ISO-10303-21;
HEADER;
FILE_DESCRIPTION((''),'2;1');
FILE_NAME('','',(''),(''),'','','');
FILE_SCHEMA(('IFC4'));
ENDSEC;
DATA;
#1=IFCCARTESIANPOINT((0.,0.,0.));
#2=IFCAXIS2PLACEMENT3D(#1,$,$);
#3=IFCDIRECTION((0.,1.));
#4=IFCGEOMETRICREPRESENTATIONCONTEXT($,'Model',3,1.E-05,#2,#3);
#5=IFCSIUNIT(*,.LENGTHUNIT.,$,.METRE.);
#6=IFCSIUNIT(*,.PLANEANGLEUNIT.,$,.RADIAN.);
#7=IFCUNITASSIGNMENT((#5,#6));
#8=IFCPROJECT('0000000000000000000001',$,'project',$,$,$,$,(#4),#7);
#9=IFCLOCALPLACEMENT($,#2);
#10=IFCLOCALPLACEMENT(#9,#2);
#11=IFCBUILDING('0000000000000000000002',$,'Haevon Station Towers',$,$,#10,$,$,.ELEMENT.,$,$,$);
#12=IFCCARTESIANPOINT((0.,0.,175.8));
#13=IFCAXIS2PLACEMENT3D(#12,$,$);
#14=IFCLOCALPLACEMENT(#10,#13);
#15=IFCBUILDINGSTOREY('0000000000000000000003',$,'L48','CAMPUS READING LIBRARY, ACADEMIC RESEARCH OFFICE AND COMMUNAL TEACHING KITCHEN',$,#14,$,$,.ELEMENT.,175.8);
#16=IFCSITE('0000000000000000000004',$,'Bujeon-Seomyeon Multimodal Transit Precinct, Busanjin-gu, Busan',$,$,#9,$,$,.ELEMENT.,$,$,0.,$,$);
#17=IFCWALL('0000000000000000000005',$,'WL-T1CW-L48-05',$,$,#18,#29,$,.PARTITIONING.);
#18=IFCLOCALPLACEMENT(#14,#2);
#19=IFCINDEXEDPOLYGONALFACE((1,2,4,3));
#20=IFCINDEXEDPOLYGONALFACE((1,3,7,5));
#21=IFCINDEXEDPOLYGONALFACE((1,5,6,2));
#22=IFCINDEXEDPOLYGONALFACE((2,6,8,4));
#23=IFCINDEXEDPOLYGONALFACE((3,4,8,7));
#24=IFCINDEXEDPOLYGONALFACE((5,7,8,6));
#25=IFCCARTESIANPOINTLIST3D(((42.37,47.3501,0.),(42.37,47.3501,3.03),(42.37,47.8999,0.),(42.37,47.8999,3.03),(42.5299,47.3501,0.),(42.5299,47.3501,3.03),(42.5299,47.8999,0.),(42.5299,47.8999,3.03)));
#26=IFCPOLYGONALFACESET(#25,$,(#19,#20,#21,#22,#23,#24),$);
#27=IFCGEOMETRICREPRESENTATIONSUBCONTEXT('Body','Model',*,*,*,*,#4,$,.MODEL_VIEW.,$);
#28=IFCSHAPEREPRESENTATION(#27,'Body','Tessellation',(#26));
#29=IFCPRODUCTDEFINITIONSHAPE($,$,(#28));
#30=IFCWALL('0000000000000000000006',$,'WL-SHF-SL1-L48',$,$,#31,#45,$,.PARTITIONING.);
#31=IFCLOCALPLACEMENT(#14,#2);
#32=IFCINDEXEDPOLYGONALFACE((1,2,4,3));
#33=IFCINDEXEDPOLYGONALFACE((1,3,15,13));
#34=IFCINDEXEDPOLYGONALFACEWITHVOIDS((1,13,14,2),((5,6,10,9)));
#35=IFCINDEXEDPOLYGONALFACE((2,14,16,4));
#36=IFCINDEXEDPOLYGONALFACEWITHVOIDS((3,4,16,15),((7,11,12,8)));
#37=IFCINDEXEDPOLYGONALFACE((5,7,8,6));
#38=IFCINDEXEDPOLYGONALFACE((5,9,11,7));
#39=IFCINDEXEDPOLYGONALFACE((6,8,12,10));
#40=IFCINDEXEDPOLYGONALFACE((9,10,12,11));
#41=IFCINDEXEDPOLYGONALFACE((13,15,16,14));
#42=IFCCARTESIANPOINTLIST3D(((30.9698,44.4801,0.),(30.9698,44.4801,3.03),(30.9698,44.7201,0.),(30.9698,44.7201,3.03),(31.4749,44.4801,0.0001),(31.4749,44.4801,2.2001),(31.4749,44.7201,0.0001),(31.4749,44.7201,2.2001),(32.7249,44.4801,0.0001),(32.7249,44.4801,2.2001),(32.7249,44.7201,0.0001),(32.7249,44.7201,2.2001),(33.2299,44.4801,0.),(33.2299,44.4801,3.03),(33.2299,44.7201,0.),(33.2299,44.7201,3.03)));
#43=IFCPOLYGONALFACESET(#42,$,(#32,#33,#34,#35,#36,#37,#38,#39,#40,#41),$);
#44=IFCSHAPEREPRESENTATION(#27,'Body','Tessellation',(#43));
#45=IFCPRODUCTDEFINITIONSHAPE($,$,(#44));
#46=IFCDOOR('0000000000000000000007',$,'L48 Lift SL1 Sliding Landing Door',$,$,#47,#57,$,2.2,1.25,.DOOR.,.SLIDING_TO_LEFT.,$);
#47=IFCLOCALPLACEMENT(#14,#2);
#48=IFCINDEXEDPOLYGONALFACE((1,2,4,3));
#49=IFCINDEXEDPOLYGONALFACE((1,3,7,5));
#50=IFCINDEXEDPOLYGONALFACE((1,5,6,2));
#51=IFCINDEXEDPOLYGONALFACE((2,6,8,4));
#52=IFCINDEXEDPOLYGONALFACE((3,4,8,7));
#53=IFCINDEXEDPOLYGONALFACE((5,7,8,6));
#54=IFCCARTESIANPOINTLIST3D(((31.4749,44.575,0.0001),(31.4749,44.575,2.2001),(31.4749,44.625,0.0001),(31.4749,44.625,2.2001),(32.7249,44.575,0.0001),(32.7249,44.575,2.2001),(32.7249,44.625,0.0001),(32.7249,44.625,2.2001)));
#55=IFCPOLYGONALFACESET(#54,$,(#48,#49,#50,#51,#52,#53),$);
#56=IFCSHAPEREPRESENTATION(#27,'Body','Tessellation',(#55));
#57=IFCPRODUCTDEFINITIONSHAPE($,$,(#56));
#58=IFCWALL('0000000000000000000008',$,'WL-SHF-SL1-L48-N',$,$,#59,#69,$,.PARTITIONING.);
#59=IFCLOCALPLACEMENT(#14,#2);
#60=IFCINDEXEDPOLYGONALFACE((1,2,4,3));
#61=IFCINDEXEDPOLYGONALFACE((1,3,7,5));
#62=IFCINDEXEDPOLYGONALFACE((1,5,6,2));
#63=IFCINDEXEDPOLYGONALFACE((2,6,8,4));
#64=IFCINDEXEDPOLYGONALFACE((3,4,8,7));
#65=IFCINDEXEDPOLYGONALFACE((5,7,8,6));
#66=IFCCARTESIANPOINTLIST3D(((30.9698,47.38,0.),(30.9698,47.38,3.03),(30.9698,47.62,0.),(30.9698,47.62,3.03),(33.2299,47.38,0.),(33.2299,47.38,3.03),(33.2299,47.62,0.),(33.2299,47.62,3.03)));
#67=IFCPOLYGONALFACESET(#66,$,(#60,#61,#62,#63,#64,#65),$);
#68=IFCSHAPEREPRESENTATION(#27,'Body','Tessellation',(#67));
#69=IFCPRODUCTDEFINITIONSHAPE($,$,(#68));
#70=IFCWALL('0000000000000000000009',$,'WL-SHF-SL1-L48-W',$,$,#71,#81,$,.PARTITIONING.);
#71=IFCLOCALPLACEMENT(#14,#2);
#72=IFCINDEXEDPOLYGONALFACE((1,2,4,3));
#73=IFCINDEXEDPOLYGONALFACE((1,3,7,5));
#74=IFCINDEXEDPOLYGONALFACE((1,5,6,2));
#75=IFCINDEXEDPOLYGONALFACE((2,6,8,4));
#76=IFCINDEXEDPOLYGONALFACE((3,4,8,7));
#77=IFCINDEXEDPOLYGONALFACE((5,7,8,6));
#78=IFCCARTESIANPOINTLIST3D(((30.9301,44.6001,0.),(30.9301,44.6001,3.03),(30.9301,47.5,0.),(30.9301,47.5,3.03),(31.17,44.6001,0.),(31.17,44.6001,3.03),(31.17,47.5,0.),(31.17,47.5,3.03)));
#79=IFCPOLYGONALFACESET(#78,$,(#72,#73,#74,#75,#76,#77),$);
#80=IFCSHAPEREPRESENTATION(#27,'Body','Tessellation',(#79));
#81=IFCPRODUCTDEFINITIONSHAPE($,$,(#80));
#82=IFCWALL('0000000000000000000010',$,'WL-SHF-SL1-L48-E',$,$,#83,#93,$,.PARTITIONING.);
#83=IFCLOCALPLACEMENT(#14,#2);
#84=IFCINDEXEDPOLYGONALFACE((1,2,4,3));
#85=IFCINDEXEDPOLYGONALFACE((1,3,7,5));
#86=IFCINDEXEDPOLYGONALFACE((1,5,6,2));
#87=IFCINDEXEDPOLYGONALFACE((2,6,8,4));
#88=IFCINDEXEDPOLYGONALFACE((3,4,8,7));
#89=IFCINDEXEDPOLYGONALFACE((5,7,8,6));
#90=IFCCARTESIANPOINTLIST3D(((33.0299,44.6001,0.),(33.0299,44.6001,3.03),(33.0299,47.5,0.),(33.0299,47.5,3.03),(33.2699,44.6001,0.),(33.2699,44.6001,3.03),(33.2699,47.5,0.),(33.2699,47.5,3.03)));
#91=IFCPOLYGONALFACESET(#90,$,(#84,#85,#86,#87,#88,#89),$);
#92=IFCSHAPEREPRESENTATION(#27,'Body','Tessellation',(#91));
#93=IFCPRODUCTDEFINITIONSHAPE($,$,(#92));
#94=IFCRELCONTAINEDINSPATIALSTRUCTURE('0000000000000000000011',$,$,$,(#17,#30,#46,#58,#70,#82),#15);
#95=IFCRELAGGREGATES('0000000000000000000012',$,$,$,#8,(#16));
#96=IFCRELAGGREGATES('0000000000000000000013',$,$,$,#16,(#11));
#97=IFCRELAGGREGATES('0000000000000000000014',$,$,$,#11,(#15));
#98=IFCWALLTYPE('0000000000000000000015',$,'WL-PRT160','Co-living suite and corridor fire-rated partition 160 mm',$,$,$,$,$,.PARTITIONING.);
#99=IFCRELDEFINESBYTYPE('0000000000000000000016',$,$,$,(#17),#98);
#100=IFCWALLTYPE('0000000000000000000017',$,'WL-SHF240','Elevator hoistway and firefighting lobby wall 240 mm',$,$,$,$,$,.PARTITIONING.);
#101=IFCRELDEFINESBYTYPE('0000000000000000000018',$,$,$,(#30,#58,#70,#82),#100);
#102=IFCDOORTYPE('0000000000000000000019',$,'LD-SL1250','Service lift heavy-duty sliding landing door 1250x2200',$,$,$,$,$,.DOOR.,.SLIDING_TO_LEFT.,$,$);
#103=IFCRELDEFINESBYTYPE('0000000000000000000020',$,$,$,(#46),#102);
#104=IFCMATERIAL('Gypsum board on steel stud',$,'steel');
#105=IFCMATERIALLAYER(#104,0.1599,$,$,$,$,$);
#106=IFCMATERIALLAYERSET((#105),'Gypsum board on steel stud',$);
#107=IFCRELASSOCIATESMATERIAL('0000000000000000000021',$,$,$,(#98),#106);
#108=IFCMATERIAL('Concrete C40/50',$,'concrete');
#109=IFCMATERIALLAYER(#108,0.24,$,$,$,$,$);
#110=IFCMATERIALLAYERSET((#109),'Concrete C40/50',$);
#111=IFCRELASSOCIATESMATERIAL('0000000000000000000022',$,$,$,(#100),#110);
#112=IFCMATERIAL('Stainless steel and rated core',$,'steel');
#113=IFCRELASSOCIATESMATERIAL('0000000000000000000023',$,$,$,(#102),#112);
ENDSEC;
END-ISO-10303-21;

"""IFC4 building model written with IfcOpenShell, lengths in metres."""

from ifc_helpers import new_model, si_unit, direction, frame, frame_2d, origin, place, context, subcontext, project, spatial, rectangle, extrude, material, layer, layer_set, type_object, element, fill, save


model = new_model("IFC4")

# Units and contexts
model_context = context("Model", 3, precision=1e-05, world=origin(), true_north=direction((0.0, 1.0)))
body_context = subcontext(model_context, "Body", "Model", "MODEL_VIEW")
ifc_project = project(units=[si_unit("LENGTHUNIT", "METRE"), si_unit("PLANEANGLEUNIT", "RADIAN")], contexts=[model_context])

# Site, building, storey
site_placement = place(None, origin())
site = spatial("IfcSite", under=ifc_project, at=site_placement, Name="Bujeon-Seomyeon Multimodal Transit Precinct, Busanjin-gu, Busan", CompositionType="ELEMENT", RefElevation=0.0)
building_placement = place(site_placement, origin())
building = spatial("IfcBuilding", under=site, at=building_placement, Name="Haevon Station Towers", CompositionType="ELEMENT")
storey_placement = place(building_placement, frame((0.0, 0.0, 175.8)))
storey = spatial("IfcBuildingStorey", under=building, at=storey_placement, Name="L48", Description="CAMPUS READING LIBRARY, ACADEMIC RESEARCH OFFICE AND COMMUNAL TEACHING KITCHEN", CompositionType="ELEMENT", Elevation=175.8)

# Shared definitions
ifc_material_1 = material(Name="Gypsum board on steel stud", Category="steel")
ifc_layer_1 = layer(ifc_material_1, 0.1599)
ifc_layer_set_1 = layer_set([ifc_layer_1], Name="Gypsum board on steel stud")
wall_type_1 = type_object("IfcWallType", Name="WL-PRT160", Description="Co-living suite and corridor fire-rated partition 160 mm", PredefinedType="PARTITIONING", material=ifc_layer_set_1)

# Wall
wall_1_placement = place(storey_placement, frame((42.45, 47.3501, 0.0), z_axis=(0.0, 0.0, 1.0), x_axis=(0.0, 1.0, 0.0)))
element("IfcWall", 1, at=wall_1_placement, inside=storey, type_object=wall_type_1, Name="WL-T1CW-L48-05", PredefinedType="PARTITIONING", context=body_context, shape_type="SweptSolid", body=[
    extrude(rectangle(XDim=0.5498, YDim=0.1599, at=frame_2d((0.2749, 0.0))), origin(), (0.0, 0.0, 1.0), 3.03),
])

# Wall, opening, door
ifc_material_2 = material(Name="Concrete C40/50", Category="concrete")
ifc_layer_2 = layer(ifc_material_2, 0.24)
ifc_layer_set_2 = layer_set([ifc_layer_2], Name="Concrete C40/50")
wall_type_2 = type_object("IfcWallType", Name="WL-SHF240", Description="Elevator hoistway and firefighting lobby wall 240 mm", PredefinedType="PARTITIONING", material=ifc_layer_set_2)
wall_2_placement = place(storey_placement, frame((30.97, 44.6001, 0.0), z_axis=(0.0, 0.0, 1.0), x_axis=(1.0, 0.0, 0.0)))
wall_2 = element("IfcWall", 2, at=wall_2_placement, inside=storey, type_object=wall_type_2, Name="WL-SHF-SL1-L48", PredefinedType="PARTITIONING", context=body_context, shape_type="SweptSolid", body=[
    extrude(rectangle(XDim=2.26, YDim=0.24, at=frame_2d((1.1299, 0.0))), origin(), (0.0, 0.0, 1.0), 3.03),
])
opening_1_placement = place(wall_2_placement, frame((0.5049, 0.0, 0.0)))
opening_1 = element("IfcOpeningElement", 3, at=opening_1_placement, cuts=wall_2, PredefinedType="OPENING", context=body_context, shape_type="SweptSolid", body=[
    extrude(rectangle(XDim=1.25, YDim=2.2, at=frame_2d((0.625, 1.1001))), frame((0.0, 0.1299, 0.0), z_axis=(0.0, -1.0, 0.0), x_axis=(1.0, 0.0, 0.0)), (0.0, 0.0, 1.0), 0.26),
])
ifc_material_3 = material(Name="Stainless steel and rated core", Category="steel")
door_type_1 = type_object("IfcDoorType", Name="LD-SL1250", Description="Service lift heavy-duty sliding landing door 1250x2200", OperationType="SLIDING_TO_LEFT", PredefinedType="DOOR", material=ifc_material_3)
door_1_placement = place(opening_1_placement, origin())
door_1 = element("IfcDoor", 4, at=door_1_placement, inside=storey, type_object=door_type_1, Name="L48 Lift SL1 Sliding Landing Door", OperationType="SLIDING_TO_LEFT", OverallHeight=2.2, OverallWidth=1.25, PredefinedType="DOOR", context=body_context, shape_type="SweptSolid", body=[
    extrude(rectangle(XDim=1.25, YDim=2.2, at=frame_2d((0.625, 1.1001))), frame((0.0, 0.0249, 0.0), z_axis=(0.0, -1.0, 0.0), x_axis=(1.0, 0.0, 0.0)), (0.0, 0.0, 1.0), 0.05),
])
fill(opening_1, door_1)

# Walls
wall_3_placement = place(storey_placement, frame((30.97, 47.5, 0.0), z_axis=(0.0, 0.0, 1.0), x_axis=(1.0, 0.0, 0.0)))
element("IfcWall", 5, at=wall_3_placement, inside=storey, type_object=wall_type_2, Name="WL-SHF-SL1-L48-N", PredefinedType="PARTITIONING", context=body_context, shape_type="SweptSolid", body=[
    extrude(rectangle(XDim=2.26, YDim=0.24, at=frame_2d((1.1299, 0.0))), origin(), (0.0, 0.0, 1.0), 3.03),
])
for number, where, z_axis, x_axis, name in (
    (6, (31.05, 44.6001, 0.0), (0.0, 0.0, 1.0), (0.0, 1.0, 0.0), "WL-SHF-SL1-L48-W"),
    (7, (33.1499, 44.6001, 0.0), (0.0, 0.0, 1.0), (0.0, 1.0, 0.0), "WL-SHF-SL1-L48-E"),
):
    element("IfcWall", number, at=place(storey_placement, frame(where, z_axis=z_axis, x_axis=x_axis)), inside=storey, type_object=wall_type_2, Name=name, PredefinedType="PARTITIONING", context=body_context, shape_type="SweptSolid", body=[
        extrude(rectangle(XDim=2.8999, YDim=0.24, at=frame_2d((1.45, 0.0))), origin(), (0.0, 0.0, 1.0), 3.03),
    ])

save(model, "model.ifc")
